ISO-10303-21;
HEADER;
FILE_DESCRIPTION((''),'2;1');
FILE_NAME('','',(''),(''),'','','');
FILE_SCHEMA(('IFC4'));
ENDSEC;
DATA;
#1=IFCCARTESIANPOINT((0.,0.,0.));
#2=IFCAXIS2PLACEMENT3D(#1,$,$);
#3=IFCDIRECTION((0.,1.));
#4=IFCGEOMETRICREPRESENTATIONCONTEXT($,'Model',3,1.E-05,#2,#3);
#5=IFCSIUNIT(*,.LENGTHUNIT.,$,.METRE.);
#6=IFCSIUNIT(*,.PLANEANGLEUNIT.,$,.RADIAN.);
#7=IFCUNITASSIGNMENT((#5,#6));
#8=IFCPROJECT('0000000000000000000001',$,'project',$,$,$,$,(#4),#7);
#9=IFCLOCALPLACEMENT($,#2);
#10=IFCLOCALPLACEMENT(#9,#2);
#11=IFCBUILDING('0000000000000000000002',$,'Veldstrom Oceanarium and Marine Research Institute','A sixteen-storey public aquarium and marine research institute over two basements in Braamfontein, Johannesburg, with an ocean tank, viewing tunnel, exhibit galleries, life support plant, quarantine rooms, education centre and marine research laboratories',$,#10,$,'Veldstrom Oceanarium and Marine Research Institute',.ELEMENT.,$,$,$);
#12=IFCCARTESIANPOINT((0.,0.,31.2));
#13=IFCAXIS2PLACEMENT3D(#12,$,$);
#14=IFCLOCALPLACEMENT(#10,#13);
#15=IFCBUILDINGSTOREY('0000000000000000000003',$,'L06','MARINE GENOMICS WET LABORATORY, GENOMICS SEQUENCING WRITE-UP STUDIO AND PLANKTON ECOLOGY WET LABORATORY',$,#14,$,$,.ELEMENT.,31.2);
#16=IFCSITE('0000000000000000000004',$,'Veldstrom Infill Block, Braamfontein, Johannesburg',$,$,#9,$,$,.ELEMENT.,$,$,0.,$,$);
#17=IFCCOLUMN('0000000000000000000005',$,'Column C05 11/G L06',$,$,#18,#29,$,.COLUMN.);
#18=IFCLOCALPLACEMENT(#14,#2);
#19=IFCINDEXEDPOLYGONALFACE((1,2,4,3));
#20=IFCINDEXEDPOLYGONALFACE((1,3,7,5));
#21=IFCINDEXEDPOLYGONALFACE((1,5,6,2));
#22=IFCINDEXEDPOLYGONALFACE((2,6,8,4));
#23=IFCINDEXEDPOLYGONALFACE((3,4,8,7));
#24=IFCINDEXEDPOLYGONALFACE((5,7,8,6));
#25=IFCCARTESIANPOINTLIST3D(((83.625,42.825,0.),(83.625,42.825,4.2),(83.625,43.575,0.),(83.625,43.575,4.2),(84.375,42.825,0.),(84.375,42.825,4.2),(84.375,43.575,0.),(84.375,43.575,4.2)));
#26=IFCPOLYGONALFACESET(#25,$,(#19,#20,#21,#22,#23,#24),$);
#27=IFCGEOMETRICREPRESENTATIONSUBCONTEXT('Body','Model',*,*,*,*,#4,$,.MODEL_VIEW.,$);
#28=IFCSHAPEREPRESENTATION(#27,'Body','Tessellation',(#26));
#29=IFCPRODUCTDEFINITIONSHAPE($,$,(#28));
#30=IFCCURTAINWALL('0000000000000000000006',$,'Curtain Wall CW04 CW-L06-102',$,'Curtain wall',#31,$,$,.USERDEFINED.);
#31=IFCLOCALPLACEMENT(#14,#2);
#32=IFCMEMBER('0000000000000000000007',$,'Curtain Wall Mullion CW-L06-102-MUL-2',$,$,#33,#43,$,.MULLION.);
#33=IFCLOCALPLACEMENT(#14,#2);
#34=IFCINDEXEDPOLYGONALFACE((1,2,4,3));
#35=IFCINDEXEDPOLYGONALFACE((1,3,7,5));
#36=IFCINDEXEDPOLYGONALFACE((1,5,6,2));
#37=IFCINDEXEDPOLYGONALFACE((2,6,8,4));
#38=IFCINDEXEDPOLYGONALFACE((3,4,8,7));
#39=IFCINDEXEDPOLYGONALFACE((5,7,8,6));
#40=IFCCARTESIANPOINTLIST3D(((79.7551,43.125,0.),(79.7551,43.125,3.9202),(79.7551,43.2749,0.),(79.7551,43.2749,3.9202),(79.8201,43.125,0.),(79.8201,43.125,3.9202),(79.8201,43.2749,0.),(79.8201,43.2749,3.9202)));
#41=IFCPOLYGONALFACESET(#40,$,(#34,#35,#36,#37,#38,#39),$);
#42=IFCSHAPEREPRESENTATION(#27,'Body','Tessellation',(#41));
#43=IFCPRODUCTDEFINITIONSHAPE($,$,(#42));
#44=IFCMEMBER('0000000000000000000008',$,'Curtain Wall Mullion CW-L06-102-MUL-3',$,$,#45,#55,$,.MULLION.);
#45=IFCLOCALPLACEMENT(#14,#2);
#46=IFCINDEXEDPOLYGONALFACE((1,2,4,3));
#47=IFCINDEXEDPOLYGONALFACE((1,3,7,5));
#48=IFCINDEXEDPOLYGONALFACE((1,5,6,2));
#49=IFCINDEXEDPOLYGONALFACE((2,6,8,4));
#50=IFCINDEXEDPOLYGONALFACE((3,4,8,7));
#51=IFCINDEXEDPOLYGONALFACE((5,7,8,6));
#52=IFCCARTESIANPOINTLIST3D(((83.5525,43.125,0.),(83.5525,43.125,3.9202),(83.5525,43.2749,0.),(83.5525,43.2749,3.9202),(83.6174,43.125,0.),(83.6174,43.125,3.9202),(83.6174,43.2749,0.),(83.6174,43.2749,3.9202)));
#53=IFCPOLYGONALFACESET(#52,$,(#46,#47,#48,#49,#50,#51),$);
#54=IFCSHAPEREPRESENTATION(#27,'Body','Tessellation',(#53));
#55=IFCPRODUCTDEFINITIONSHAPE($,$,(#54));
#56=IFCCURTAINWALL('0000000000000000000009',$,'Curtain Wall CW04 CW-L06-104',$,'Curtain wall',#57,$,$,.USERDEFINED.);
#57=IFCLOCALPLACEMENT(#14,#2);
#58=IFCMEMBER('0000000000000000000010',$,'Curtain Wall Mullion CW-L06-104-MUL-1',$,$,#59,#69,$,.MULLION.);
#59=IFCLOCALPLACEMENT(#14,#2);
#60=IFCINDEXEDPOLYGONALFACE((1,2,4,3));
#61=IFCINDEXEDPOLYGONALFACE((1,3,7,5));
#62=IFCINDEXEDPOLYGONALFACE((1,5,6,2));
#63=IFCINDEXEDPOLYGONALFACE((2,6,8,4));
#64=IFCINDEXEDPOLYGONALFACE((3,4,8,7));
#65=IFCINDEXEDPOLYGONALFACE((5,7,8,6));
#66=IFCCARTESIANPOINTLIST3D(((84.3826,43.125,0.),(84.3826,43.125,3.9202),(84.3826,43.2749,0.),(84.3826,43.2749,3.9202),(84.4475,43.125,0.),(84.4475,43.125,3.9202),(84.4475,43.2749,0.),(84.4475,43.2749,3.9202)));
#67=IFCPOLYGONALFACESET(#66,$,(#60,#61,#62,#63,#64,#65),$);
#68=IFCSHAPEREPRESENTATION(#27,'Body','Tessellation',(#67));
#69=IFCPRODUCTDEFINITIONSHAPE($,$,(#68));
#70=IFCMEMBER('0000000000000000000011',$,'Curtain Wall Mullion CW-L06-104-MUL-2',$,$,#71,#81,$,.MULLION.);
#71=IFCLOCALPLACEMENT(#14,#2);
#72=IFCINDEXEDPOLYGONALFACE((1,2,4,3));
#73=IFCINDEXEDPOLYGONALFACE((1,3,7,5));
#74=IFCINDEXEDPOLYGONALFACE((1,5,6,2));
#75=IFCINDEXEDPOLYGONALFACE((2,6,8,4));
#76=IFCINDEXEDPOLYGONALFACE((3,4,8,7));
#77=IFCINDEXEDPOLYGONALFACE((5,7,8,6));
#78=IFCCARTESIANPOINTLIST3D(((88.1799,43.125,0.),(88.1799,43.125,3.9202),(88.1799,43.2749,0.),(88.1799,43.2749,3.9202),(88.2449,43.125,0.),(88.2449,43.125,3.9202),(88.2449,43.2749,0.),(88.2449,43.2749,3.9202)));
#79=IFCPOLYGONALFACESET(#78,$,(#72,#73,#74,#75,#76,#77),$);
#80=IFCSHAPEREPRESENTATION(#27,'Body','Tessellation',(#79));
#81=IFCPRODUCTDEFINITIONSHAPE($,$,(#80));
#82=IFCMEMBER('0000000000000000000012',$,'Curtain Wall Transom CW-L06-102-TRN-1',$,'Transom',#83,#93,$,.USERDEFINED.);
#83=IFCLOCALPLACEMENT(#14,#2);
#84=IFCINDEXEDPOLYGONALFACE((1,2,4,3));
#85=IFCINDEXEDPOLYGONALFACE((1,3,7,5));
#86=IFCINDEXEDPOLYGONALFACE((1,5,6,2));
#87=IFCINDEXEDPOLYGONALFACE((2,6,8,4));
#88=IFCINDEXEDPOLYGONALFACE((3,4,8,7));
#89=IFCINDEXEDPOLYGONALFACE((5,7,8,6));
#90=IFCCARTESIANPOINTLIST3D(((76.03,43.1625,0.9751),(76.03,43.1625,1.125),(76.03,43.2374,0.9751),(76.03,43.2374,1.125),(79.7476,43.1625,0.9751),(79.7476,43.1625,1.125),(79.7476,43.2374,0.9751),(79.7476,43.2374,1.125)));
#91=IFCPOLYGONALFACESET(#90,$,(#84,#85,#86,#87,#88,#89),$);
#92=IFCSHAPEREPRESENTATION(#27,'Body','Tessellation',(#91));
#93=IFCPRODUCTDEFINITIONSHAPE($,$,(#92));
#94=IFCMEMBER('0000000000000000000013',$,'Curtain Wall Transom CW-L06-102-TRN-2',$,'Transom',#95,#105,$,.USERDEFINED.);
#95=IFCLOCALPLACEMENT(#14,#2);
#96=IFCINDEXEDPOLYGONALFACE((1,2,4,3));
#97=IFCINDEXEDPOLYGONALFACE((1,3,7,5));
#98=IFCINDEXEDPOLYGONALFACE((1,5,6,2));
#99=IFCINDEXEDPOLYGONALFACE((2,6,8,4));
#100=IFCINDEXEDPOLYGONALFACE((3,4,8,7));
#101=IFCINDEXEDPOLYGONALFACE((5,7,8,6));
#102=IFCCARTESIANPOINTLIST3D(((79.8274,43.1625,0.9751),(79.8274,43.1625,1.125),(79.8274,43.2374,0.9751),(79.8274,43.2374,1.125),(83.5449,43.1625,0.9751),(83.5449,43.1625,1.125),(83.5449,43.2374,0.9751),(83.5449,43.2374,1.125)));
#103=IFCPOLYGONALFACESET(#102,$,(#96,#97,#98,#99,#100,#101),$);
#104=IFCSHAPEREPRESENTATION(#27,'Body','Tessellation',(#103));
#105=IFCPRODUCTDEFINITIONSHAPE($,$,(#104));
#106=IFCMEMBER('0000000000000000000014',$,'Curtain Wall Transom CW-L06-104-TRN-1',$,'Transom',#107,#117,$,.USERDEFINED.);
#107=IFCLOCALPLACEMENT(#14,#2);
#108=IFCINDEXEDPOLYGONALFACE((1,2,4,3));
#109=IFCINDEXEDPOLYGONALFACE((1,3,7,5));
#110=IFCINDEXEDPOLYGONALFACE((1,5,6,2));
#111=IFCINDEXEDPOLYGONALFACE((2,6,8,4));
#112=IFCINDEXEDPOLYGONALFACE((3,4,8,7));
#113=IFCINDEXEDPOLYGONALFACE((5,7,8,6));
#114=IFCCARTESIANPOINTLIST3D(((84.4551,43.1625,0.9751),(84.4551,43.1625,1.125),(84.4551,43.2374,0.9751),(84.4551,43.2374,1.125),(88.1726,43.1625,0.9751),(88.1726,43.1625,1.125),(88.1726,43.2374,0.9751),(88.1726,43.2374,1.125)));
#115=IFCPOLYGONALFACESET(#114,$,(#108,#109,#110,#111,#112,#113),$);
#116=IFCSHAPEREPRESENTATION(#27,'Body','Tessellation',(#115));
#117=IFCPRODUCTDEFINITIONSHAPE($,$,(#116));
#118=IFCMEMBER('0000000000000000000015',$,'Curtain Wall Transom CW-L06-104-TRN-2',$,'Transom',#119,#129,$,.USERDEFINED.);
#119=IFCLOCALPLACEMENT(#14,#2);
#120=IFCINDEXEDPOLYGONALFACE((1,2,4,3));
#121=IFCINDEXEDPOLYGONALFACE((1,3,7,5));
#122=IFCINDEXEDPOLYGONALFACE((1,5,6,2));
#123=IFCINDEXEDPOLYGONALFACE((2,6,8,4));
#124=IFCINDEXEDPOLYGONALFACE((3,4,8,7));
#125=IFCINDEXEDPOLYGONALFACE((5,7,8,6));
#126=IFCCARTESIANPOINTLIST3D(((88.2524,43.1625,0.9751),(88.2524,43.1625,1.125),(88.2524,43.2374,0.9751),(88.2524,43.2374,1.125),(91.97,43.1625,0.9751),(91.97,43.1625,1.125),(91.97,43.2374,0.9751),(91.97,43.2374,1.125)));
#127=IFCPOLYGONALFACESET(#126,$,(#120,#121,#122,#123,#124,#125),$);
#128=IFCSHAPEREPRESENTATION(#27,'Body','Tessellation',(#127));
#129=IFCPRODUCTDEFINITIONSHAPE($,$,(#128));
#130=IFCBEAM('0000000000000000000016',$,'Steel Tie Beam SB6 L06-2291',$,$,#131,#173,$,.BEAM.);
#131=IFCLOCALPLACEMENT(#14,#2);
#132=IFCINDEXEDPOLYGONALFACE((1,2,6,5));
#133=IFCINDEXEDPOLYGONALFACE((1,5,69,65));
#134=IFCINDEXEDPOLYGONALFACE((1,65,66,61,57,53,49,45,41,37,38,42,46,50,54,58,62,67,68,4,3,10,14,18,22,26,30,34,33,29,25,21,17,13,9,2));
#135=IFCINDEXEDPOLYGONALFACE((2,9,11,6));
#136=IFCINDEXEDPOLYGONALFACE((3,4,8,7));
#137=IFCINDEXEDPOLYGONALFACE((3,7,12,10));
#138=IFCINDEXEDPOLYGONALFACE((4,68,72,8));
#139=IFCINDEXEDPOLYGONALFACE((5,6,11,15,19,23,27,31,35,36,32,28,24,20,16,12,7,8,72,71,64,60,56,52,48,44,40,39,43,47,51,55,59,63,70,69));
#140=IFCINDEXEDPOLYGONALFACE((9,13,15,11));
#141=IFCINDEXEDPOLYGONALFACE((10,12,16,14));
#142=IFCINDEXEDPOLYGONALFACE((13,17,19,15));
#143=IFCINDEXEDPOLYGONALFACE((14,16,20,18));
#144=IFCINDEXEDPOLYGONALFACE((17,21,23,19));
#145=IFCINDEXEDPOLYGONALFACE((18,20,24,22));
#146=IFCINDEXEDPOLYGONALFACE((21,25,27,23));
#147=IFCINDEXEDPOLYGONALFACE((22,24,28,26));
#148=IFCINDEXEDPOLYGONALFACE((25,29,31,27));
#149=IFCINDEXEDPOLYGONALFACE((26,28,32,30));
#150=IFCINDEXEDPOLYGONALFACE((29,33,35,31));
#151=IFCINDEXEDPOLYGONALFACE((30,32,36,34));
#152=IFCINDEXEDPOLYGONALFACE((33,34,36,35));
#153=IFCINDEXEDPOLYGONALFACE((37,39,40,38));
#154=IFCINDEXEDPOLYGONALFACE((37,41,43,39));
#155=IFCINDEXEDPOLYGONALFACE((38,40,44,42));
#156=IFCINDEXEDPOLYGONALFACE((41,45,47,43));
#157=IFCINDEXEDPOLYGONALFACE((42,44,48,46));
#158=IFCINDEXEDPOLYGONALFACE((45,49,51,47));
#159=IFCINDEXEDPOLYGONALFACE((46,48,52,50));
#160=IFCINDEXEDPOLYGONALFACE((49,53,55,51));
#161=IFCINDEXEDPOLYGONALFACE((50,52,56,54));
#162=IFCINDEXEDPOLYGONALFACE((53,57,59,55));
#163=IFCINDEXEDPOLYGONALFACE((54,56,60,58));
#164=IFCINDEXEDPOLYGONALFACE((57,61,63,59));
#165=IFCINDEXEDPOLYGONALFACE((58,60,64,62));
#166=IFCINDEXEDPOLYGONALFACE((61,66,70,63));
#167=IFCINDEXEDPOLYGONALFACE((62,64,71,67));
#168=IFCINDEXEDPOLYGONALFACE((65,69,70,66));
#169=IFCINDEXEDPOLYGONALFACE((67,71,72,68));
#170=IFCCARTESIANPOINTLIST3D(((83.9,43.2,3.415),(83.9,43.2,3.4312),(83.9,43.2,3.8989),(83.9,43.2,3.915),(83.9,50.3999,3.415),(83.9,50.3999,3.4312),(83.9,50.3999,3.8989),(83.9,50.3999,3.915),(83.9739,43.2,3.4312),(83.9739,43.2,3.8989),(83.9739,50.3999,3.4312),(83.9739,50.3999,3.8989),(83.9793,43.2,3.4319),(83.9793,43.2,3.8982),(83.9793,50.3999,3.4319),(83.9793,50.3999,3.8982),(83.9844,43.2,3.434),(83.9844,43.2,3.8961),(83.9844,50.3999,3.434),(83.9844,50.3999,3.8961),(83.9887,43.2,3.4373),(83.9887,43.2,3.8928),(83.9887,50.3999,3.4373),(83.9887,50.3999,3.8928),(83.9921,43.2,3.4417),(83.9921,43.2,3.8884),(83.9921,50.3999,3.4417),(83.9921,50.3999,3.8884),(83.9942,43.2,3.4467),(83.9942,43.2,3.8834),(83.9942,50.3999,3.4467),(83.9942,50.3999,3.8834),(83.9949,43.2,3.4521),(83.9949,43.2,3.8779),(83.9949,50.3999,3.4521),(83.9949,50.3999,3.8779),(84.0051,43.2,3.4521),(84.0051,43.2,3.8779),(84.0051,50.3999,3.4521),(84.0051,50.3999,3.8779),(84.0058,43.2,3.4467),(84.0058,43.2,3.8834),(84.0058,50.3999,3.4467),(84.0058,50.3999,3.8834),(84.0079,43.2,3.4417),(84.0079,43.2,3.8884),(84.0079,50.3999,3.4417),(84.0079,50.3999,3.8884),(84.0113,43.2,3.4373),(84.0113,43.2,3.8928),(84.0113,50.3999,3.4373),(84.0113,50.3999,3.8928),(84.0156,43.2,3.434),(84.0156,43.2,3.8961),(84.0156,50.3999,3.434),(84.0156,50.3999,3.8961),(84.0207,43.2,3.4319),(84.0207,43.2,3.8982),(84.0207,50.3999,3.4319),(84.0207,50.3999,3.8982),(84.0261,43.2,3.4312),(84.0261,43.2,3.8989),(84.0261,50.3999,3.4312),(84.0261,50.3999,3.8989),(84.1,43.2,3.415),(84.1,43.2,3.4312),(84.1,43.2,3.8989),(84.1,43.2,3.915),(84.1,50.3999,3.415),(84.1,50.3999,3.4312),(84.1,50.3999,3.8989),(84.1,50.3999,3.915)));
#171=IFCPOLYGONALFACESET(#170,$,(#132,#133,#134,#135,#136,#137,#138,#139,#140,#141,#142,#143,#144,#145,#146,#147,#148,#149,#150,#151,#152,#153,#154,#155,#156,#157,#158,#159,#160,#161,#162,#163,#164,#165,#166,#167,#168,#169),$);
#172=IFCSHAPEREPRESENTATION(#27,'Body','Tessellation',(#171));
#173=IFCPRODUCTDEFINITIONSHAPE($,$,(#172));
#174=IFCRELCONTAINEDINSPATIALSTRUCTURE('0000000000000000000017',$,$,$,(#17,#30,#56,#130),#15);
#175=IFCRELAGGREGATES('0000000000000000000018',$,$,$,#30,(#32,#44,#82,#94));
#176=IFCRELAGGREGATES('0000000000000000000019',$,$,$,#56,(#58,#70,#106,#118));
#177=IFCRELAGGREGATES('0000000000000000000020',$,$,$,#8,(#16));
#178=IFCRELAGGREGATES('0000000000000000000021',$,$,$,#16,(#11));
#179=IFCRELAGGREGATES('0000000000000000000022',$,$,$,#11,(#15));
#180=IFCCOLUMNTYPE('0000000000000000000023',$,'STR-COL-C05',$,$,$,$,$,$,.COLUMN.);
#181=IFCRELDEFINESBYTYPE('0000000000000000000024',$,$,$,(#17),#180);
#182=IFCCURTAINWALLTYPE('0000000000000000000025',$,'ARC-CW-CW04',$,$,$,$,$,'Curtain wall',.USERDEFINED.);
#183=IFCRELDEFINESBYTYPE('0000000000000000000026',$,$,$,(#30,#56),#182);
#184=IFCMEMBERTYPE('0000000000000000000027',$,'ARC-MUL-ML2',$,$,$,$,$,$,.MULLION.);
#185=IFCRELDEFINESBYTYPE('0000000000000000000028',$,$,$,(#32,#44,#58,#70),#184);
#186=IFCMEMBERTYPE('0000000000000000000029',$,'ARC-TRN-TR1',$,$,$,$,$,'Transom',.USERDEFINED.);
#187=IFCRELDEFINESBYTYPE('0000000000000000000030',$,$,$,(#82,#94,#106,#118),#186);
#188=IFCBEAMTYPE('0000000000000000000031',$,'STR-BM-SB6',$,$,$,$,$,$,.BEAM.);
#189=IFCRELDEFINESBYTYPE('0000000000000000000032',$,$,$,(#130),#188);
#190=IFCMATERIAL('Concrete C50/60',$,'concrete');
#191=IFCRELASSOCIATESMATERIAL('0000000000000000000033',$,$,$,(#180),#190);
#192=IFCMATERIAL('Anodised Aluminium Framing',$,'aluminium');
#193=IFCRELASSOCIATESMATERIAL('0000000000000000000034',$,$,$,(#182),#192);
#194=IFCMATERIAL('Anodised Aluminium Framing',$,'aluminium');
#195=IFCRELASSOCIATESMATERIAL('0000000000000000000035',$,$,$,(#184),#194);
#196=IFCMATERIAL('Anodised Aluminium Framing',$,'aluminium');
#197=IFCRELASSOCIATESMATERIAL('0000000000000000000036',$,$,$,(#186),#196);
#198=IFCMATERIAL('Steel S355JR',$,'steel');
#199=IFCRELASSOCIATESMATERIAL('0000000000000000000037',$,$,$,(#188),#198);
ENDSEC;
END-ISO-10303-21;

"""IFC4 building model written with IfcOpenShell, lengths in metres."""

from ifc_helpers import new_model, si_unit, direction, frame, origin, origin_2d, place, context, subcontext, project, spatial, rectangle, i_section, extrude, material, material_profile, profile_set, type_object, element, aggregate, save


model = new_model("IFC4")

# Units and contexts
model_context = context("Model", 3, precision=1e-05, world=origin(), true_north=direction((0.0, 1.0)))
body_context = subcontext(model_context, "Body", "Model", "MODEL_VIEW")
ifc_project = project(units=[si_unit("LENGTHUNIT", "METRE"), si_unit("PLANEANGLEUNIT", "RADIAN")], contexts=[model_context])

# Site, building, storey
site_placement = place(None, origin())
site = spatial("IfcSite", under=ifc_project, at=site_placement, Name="Veldstrom Infill Block, Braamfontein, Johannesburg", CompositionType="ELEMENT", RefElevation=0.0)
building_placement = place(site_placement, origin())
building = spatial("IfcBuilding", under=site, at=building_placement, Name="Veldstrom Oceanarium and Marine Research Institute", Description="A sixteen-storey public aquarium and marine research institute over two basements in Braamfontein, Johannesburg, with an ocean tank, viewing tunnel, exhibit galleries, life support plant, quarantine rooms, education centre and marine research laboratories", LongName="Veldstrom Oceanarium and Marine Research Institute", CompositionType="ELEMENT")
storey_placement = place(building_placement, frame((0.0, 0.0, 31.2)))
storey = spatial("IfcBuildingStorey", under=building, at=storey_placement, Name="L06", Description="MARINE GENOMICS WET LABORATORY, GENOMICS SEQUENCING WRITE-UP STUDIO AND PLANKTON ECOLOGY WET LABORATORY", CompositionType="ELEMENT", Elevation=31.2)

# Column
ifc_material_1 = material(Name="Concrete C50/60", Category="concrete")
ifc_material_profile_1 = material_profile(ifc_material_1, rectangle(XDim=0.75, YDim=0.75, at=origin_2d()), Name="RC-COL-750x750")
ifc_profile_set_1 = profile_set([ifc_material_profile_1], Name="Concrete C50/60")
column_type = type_object("IfcColumnType", Name="STR-COL-C05", PredefinedType="COLUMN", material=ifc_profile_set_1)
column_placement = place(storey_placement, frame((84.0, 43.2, 0.0), z_axis=(0.0, 0.0, 1.0), x_axis=(1.0, 0.0, 0.0)))
element("IfcColumn", 1, at=column_placement, inside=storey, type_object=column_type, Name="Column C05 11/G L06", PredefinedType="COLUMN", context=body_context, shape_type="SweptSolid", body=[
    extrude(rectangle(XDim=0.75, YDim=0.75, at=origin_2d()), origin(), (0.0, 0.0, 1.0), 4.2),
])

# Curtain walls, members
ifc_material_2 = material(Name="Anodised Aluminium Framing", Category="aluminium")
curtain_wall_type = type_object("IfcCurtainWallType", Name="ARC-CW-CW04", ElementType="Curtain wall", PredefinedType="USERDEFINED", material=ifc_material_2)
curtain_wall_1_placement = place(storey_placement, origin())
curtain_wall_1 = element("IfcCurtainWall", 2, at=curtain_wall_1_placement, inside=storey, type_object=curtain_wall_type, Name="Curtain Wall CW04 CW-L06-102", ObjectType="Curtain wall", PredefinedType="USERDEFINED")
ifc_material_3 = material(Name="Anodised Aluminium Framing", Category="aluminium")
ifc_material_profile_2 = material_profile(ifc_material_3, rectangle(XDim=0.0649, YDim=0.1499, at=origin_2d()), Name="ALU-MUL-65x150")
ifc_profile_set_2 = profile_set([ifc_material_profile_2], Name="Anodised Aluminium Framing")
member_type_1 = type_object("IfcMemberType", Name="ARC-MUL-ML2", PredefinedType="MULLION", material=ifc_profile_set_2)
member_1_placement = place(storey_placement, frame((79.7876, 43.2, 0.0), z_axis=(0.0, 0.0, 1.0), x_axis=(1.0, 0.0, 0.0)))
member_1 = element("IfcMember", 3, at=member_1_placement, type_object=member_type_1, Name="Curtain Wall Mullion CW-L06-102-MUL-2", PredefinedType="MULLION", context=body_context, shape_type="SweptSolid", body=[
    extrude(rectangle(XDim=0.0649, YDim=0.1499, at=origin_2d()), origin(), (0.0, 0.0, 1.0), 3.9202),
])
member_2_placement = place(storey_placement, frame((83.585, 43.2, 0.0), z_axis=(0.0, 0.0, 1.0), x_axis=(1.0, 0.0, 0.0)))
member_2 = element("IfcMember", 4, at=member_2_placement, type_object=member_type_1, Name="Curtain Wall Mullion CW-L06-102-MUL-3", PredefinedType="MULLION", context=body_context, shape_type="SweptSolid", body=[
    extrude(rectangle(XDim=0.0649, YDim=0.1499, at=origin_2d()), origin(), (0.0, 0.0, 1.0), 3.9202),
])
curtain_wall_2_placement = place(storey_placement, origin())
curtain_wall_2 = element("IfcCurtainWall", 5, at=curtain_wall_2_placement, inside=storey, type_object=curtain_wall_type, Name="Curtain Wall CW04 CW-L06-104", ObjectType="Curtain wall", PredefinedType="USERDEFINED")
member_3_placement = place(storey_placement, frame((84.415, 43.2, 0.0), z_axis=(0.0, 0.0, 1.0), x_axis=(1.0, 0.0, 0.0)))
member_3 = element("IfcMember", 6, at=member_3_placement, type_object=member_type_1, Name="Curtain Wall Mullion CW-L06-104-MUL-1", PredefinedType="MULLION", context=body_context, shape_type="SweptSolid", body=[
    extrude(rectangle(XDim=0.0649, YDim=0.1499, at=origin_2d()), origin(), (0.0, 0.0, 1.0), 3.9202),
])
member_4_placement = place(storey_placement, frame((88.2124, 43.2, 0.0), z_axis=(0.0, 0.0, 1.0), x_axis=(1.0, 0.0, 0.0)))
member_4 = element("IfcMember", 7, at=member_4_placement, type_object=member_type_1, Name="Curtain Wall Mullion CW-L06-104-MUL-2", PredefinedType="MULLION", context=body_context, shape_type="SweptSolid", body=[
    extrude(rectangle(XDim=0.0649, YDim=0.1499, at=origin_2d()), origin(), (0.0, 0.0, 1.0), 3.9202),
])

# Members
ifc_material_4 = material(Name="Anodised Aluminium Framing", Category="aluminium")
ifc_material_profile_3 = material_profile(ifc_material_4, rectangle(XDim=0.075, YDim=0.1499, at=origin_2d()), Name="ALU-TRN-75x150")
ifc_profile_set_3 = profile_set([ifc_material_profile_3], Name="Anodised Aluminium Framing")
member_type_2 = type_object("IfcMemberType", Name="ARC-TRN-TR1", ElementType="Transom", PredefinedType="USERDEFINED", material=ifc_profile_set_3)
member_5_placement = place(storey_placement, frame((76.03, 43.2, 1.05), z_axis=(1.0, 0.0, 0.0), x_axis=(0.0, 1.0, 0.0)))
member_5 = element("IfcMember", 8, at=member_5_placement, type_object=member_type_2, Name="Curtain Wall Transom CW-L06-102-TRN-1", ObjectType="Transom", PredefinedType="USERDEFINED", context=body_context, shape_type="SweptSolid", body=[
    extrude(rectangle(XDim=0.075, YDim=0.1499, at=origin_2d()), origin(), (0.0, 0.0, 1.0), 3.7175),
])
member_6_placement = place(storey_placement, frame((79.8274, 43.2, 1.05), z_axis=(1.0, 0.0, 0.0), x_axis=(0.0, 1.0, 0.0)))
member_6 = element("IfcMember", 9, at=member_6_placement, type_object=member_type_2, Name="Curtain Wall Transom CW-L06-102-TRN-2", ObjectType="Transom", PredefinedType="USERDEFINED", context=body_context, shape_type="SweptSolid", body=[
    extrude(rectangle(XDim=0.075, YDim=0.1499, at=origin_2d()), origin(), (0.0, 0.0, 1.0), 3.7175),
])
member_7_placement = place(storey_placement, frame((84.4551, 43.2, 1.05), z_axis=(1.0, 0.0, 0.0), x_axis=(0.0, 1.0, 0.0)))
member_7 = element("IfcMember", 10, at=member_7_placement, type_object=member_type_2, Name="Curtain Wall Transom CW-L06-104-TRN-1", ObjectType="Transom", PredefinedType="USERDEFINED", context=body_context, shape_type="SweptSolid", body=[
    extrude(rectangle(XDim=0.075, YDim=0.1499, at=origin_2d()), origin(), (0.0, 0.0, 1.0), 3.7175),
])
member_8_placement = place(storey_placement, frame((88.2524, 43.2, 1.05), z_axis=(1.0, 0.0, 0.0), x_axis=(0.0, 1.0, 0.0)))
member_8 = element("IfcMember", 11, at=member_8_placement, type_object=member_type_2, Name="Curtain Wall Transom CW-L06-104-TRN-2", ObjectType="Transom", PredefinedType="USERDEFINED", context=body_context, shape_type="SweptSolid", body=[
    extrude(rectangle(XDim=0.075, YDim=0.1499, at=origin_2d()), origin(), (0.0, 0.0, 1.0), 3.7175),
])

# Beam
ifc_material_5 = material(Name="Steel S355JR", Category="steel")
ifc_material_profile_4 = material_profile(ifc_material_5, i_section(OverallWidth=0.2, OverallDepth=0.5, WebThickness=0.0103, FlangeThickness=0.0161, FilletRadius=0.021, at=origin_2d()), Name="IPE 500")
ifc_profile_set_4 = profile_set([ifc_material_profile_4], Name="Steel S355JR")
beam_type_1 = type_object("IfcBeamType", Name="STR-BM-SB6", PredefinedType="BEAM", material=ifc_profile_set_4)
beam_1_placement = place(storey_placement, frame((84.0, 43.2, 3.665), z_axis=(0.0, 1.0, 0.0), x_axis=(-1.0, 0.0, 0.0)))
element("IfcBeam", 12, at=beam_1_placement, inside=storey, type_object=beam_type_1, Name="Steel Tie Beam SB6 L06-2291", PredefinedType="BEAM", context=body_context, shape_type="SweptSolid", body=[
    extrude(i_section(OverallWidth=0.2, OverallDepth=0.5, WebThickness=0.0103, FlangeThickness=0.0161, FilletRadius=0.021, at=origin_2d()), origin(), (0.0, 0.0, 1.0), 7.2),
])

aggregate(curtain_wall_1, [member_1, member_2, member_5, member_6])
aggregate(curtain_wall_2, [member_3, member_4, member_7, member_8])

save(model, "model.ifc")
